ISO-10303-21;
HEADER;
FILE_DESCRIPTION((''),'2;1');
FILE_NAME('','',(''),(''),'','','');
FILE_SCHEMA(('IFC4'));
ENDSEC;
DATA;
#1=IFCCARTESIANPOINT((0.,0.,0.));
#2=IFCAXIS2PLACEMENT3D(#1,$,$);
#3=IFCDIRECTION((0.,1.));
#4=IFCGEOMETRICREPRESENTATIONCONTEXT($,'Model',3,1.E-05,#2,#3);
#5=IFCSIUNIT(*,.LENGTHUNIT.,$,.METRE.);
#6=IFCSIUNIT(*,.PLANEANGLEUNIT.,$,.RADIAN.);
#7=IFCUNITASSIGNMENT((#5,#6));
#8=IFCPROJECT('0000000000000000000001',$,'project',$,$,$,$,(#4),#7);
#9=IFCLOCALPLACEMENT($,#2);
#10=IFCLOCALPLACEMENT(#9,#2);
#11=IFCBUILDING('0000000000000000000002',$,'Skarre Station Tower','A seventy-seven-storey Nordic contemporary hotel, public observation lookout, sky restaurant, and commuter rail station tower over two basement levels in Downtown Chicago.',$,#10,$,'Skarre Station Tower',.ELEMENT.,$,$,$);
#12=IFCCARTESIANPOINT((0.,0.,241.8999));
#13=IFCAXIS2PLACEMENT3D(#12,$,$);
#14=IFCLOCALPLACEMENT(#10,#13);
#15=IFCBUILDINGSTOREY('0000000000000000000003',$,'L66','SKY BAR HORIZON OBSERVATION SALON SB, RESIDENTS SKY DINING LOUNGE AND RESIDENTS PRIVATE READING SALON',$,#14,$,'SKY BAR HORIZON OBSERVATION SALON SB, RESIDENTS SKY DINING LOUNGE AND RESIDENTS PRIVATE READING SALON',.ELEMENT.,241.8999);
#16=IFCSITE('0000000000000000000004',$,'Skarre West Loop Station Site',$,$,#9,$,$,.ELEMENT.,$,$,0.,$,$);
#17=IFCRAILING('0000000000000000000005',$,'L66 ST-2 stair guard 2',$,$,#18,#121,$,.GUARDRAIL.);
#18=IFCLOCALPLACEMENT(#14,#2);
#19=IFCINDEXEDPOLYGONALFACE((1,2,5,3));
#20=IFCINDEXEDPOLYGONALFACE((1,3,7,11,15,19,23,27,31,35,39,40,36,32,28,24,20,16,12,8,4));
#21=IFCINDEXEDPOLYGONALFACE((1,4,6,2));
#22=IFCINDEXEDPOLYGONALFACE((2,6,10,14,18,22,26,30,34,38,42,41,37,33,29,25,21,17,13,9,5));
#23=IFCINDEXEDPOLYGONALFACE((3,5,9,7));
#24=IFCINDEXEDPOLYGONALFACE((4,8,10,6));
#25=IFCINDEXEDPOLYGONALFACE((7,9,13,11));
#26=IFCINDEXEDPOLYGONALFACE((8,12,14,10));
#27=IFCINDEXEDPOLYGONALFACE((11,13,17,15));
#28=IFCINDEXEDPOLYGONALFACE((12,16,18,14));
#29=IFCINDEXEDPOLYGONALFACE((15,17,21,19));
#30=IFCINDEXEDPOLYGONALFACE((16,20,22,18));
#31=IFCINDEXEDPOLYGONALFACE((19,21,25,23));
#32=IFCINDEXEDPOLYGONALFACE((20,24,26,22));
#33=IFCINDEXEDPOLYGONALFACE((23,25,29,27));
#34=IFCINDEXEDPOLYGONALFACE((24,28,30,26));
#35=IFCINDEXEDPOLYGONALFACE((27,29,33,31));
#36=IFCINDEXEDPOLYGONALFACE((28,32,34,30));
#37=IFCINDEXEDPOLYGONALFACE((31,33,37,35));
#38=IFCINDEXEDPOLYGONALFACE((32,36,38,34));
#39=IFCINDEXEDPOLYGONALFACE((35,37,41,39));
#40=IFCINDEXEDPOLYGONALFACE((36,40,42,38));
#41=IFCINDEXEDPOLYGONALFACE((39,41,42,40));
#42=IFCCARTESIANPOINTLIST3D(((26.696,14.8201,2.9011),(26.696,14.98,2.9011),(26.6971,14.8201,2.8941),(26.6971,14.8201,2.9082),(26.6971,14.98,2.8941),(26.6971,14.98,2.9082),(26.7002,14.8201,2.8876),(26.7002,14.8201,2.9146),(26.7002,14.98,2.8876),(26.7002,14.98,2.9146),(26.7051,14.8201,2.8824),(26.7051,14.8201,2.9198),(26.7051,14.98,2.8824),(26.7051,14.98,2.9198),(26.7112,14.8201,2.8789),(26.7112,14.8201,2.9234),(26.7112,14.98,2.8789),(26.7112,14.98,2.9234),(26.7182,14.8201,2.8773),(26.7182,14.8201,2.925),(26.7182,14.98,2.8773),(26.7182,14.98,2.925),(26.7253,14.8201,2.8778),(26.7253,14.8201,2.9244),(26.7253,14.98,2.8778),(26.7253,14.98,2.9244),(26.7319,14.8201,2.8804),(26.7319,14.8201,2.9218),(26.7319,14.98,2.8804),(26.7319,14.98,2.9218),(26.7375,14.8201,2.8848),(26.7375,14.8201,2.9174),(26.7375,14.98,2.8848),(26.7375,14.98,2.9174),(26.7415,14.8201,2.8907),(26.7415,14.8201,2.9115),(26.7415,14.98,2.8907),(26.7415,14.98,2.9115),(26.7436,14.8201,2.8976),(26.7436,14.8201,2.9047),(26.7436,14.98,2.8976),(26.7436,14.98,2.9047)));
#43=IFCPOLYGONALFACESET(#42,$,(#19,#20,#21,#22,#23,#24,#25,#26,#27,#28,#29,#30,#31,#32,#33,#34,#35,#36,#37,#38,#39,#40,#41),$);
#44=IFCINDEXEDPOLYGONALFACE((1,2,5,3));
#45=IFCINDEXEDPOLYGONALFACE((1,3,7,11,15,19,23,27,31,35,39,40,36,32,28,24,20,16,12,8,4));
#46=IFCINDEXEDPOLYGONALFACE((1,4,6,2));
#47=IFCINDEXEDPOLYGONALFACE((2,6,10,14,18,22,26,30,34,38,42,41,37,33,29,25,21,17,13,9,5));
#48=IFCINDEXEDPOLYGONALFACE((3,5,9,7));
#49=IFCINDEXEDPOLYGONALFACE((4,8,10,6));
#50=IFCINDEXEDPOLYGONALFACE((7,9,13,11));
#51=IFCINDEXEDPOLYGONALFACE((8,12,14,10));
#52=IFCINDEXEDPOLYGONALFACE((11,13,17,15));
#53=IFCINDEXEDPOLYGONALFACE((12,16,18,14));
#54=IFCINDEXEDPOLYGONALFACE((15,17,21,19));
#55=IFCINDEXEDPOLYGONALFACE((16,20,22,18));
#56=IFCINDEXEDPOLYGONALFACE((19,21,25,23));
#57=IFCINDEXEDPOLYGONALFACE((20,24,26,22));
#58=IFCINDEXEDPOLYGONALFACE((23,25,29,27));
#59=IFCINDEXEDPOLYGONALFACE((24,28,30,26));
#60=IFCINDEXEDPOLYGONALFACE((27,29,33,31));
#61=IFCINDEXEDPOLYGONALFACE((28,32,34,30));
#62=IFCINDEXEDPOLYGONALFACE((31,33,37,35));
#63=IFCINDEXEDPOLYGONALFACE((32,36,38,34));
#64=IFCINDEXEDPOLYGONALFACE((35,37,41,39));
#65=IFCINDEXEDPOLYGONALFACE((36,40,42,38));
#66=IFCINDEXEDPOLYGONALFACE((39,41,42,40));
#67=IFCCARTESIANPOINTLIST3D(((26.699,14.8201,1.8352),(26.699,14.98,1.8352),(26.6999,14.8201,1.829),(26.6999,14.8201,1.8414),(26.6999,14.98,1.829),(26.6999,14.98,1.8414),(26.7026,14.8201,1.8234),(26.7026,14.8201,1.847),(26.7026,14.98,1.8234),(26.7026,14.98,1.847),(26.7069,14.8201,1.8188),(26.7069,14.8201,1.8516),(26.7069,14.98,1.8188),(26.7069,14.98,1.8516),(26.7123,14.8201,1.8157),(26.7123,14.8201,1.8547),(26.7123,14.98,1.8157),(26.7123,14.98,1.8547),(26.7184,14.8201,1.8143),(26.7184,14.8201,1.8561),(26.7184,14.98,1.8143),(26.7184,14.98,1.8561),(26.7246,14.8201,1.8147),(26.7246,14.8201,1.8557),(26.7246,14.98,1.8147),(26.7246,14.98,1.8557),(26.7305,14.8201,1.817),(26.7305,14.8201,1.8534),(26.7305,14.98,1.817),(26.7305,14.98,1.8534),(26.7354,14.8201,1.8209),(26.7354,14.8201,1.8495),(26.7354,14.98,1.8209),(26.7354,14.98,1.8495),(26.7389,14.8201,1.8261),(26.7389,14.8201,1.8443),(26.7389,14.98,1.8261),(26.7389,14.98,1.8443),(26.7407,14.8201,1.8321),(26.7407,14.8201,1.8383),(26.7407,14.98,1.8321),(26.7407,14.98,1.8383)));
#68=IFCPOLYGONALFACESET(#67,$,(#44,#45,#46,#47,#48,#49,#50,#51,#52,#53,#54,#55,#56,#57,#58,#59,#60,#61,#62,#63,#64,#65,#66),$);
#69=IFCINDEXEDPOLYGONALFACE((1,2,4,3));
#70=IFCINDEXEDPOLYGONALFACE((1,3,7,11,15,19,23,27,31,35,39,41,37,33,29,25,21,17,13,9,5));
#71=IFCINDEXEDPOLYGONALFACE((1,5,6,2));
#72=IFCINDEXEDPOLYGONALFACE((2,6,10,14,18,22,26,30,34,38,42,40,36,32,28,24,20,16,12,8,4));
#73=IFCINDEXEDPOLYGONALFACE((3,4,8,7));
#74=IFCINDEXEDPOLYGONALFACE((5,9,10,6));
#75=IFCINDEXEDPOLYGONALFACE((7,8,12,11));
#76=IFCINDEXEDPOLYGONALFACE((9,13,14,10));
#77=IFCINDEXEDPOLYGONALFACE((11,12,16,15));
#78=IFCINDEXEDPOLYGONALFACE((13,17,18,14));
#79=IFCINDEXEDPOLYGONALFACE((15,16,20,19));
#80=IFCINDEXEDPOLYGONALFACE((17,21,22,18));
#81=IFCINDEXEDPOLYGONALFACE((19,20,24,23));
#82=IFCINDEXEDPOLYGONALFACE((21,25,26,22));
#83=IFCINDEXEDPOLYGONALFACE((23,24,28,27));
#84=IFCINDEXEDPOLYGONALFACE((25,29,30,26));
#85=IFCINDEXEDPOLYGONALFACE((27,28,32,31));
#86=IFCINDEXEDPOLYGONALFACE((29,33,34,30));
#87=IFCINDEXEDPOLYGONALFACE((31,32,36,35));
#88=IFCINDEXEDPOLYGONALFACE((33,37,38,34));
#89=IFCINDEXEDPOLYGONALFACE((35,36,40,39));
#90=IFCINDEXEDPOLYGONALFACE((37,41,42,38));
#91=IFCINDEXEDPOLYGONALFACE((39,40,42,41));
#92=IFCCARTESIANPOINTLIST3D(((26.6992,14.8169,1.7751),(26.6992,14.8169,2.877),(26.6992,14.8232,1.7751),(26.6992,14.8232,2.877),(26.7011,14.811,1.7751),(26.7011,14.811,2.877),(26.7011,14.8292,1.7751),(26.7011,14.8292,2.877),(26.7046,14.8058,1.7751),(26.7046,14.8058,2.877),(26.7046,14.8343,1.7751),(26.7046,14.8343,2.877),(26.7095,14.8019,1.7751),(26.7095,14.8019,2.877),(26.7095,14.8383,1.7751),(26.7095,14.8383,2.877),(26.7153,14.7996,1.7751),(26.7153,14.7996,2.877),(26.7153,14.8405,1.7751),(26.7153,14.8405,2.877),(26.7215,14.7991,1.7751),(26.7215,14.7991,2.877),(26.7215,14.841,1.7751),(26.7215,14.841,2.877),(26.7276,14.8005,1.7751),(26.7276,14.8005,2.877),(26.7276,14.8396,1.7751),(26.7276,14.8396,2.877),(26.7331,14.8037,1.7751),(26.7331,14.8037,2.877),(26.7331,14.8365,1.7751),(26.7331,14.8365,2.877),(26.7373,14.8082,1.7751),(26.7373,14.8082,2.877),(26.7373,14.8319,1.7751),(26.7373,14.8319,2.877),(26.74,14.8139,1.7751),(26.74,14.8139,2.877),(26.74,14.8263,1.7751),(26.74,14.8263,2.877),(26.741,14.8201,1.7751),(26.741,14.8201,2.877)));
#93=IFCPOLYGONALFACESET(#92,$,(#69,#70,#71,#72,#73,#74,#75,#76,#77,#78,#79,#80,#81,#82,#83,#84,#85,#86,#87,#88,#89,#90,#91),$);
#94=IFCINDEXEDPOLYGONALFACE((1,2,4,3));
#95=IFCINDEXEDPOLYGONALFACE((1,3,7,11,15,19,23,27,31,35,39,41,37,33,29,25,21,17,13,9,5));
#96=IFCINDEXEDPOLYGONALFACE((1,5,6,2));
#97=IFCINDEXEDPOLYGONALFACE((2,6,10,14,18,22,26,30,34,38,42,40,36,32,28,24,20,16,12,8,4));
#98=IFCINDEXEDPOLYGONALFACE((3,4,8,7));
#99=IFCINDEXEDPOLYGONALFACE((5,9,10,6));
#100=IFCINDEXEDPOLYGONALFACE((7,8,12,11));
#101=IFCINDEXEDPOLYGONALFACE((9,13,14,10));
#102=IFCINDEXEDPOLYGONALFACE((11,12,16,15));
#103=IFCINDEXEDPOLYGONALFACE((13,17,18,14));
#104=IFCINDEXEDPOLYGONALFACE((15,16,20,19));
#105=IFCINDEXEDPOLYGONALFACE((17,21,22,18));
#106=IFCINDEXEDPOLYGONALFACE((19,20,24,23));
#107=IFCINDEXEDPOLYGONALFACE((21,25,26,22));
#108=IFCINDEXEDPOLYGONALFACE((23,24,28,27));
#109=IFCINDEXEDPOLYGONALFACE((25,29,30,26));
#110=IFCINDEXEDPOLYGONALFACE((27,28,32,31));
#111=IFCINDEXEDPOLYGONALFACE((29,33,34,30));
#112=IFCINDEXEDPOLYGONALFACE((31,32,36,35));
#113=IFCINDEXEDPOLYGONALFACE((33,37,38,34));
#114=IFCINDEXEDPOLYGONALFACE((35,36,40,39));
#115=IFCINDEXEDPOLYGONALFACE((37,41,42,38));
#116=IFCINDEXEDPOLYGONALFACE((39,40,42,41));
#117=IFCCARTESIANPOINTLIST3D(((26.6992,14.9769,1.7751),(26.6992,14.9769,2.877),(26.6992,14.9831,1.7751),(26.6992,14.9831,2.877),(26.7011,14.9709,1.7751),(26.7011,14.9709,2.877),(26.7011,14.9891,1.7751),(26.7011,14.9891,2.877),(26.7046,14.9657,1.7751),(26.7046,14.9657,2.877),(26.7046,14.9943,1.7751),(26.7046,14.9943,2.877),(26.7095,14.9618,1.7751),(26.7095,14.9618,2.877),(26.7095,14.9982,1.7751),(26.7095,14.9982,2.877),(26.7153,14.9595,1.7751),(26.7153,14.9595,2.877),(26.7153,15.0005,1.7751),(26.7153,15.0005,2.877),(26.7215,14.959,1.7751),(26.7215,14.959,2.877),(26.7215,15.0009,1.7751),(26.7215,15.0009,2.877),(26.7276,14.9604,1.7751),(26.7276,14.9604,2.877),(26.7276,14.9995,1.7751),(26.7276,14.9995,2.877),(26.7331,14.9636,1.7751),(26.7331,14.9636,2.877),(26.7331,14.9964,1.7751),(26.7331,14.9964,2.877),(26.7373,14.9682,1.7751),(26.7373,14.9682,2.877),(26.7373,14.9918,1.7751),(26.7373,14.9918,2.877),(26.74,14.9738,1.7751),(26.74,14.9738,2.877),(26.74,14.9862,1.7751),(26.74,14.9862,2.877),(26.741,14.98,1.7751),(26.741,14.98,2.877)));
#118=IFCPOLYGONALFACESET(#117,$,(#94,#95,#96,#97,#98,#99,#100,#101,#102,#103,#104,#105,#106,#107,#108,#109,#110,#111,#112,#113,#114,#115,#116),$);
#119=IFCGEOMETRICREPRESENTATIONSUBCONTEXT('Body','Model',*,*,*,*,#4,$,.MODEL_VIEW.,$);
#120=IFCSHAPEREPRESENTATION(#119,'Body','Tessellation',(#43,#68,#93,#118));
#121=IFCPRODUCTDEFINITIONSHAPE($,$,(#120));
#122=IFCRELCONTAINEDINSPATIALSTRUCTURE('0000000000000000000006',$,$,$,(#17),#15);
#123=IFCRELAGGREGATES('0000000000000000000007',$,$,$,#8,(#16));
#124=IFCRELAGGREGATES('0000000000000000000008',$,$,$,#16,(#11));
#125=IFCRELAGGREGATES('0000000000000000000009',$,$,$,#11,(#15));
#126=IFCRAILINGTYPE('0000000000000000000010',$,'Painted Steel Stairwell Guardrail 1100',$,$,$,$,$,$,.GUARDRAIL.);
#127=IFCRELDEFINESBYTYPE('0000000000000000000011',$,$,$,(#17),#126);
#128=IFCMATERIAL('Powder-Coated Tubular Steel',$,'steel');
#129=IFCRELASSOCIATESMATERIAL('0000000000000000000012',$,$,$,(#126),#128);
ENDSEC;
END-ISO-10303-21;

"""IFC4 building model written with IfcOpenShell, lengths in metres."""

from ifc_helpers import new_model, si_unit, direction, frame, origin, origin_2d, place, context, subcontext, project, spatial, circle, extrude, material, type_object, element, save


model = new_model("IFC4")

# Units and contexts
model_context = context("Model", 3, precision=1e-05, world=origin(), true_north=direction((0.0, 1.0)))
body_context = subcontext(model_context, "Body", "Model", "MODEL_VIEW")
ifc_project = project(units=[si_unit("LENGTHUNIT", "METRE"), si_unit("PLANEANGLEUNIT", "RADIAN")], contexts=[model_context])

# Site, building, storey
site_placement = place(None, origin())
site = spatial("IfcSite", under=ifc_project, at=site_placement, Name="Skarre West Loop Station Site", CompositionType="ELEMENT", RefElevation=0.0)
building_placement = place(site_placement, origin())
building = spatial("IfcBuilding", under=site, at=building_placement, Name="Skarre Station Tower", Description="A seventy-seven-storey Nordic contemporary hotel, public observation lookout, sky restaurant, and commuter rail station tower over two basement levels in Downtown Chicago.", LongName="Skarre Station Tower", CompositionType="ELEMENT")
storey_placement = place(building_placement, frame((0.0, 0.0, 241.8999)))
storey = spatial("IfcBuildingStorey", under=building, at=storey_placement, Name="L66", Description="SKY BAR HORIZON OBSERVATION SALON SB, RESIDENTS SKY DINING LOUNGE AND RESIDENTS PRIVATE READING SALON", LongName="SKY BAR HORIZON OBSERVATION SALON SB, RESIDENTS SKY DINING LOUNGE AND RESIDENTS PRIVATE READING SALON", CompositionType="ELEMENT", Elevation=241.8999)

# Railing
ifc_material_1 = material(Name="Powder-Coated Tubular Steel", Category="steel")
railing_type_1 = type_object("IfcRailingType", Name="Painted Steel Stairwell Guardrail 1100", PredefinedType="GUARDRAIL", material=ifc_material_1)
railing_1_placement = place(storey_placement, frame((26.72, 14.8201, 1.7751)))
element("IfcRailing", 1, at=railing_1_placement, inside=storey, type_object=railing_type_1, Name="L66 ST-2 stair guard 2", PredefinedType="GUARDRAIL", context=body_context, shape_type="SweptSolid", body=[
    extrude(circle(Radius=0.0239, at=origin_2d()), frame((0.0, 0.0, 1.126), z_axis=(0.0, 1.0, 0.0), x_axis=(-1.0, 0.0, 0.0)), (0.0, 0.0, 1.0), 0.1599),
    extrude(circle(Radius=0.021, at=origin_2d()), frame((0.0, 0.0, 0.0601), z_axis=(0.0, 1.0, 0.0), x_axis=(-1.0, 0.0, 0.0)), (0.0, 0.0, 1.0), 0.1599),
    extrude(circle(Radius=0.021, at=origin_2d()), origin(), (0.0, 0.0, 1.0), 1.1018),
    extrude(circle(Radius=0.021, at=origin_2d()), frame((0.0, 0.1599, 0.0)), (0.0, 0.0, 1.0), 1.1018),
])

save(model, "model.ifc")
